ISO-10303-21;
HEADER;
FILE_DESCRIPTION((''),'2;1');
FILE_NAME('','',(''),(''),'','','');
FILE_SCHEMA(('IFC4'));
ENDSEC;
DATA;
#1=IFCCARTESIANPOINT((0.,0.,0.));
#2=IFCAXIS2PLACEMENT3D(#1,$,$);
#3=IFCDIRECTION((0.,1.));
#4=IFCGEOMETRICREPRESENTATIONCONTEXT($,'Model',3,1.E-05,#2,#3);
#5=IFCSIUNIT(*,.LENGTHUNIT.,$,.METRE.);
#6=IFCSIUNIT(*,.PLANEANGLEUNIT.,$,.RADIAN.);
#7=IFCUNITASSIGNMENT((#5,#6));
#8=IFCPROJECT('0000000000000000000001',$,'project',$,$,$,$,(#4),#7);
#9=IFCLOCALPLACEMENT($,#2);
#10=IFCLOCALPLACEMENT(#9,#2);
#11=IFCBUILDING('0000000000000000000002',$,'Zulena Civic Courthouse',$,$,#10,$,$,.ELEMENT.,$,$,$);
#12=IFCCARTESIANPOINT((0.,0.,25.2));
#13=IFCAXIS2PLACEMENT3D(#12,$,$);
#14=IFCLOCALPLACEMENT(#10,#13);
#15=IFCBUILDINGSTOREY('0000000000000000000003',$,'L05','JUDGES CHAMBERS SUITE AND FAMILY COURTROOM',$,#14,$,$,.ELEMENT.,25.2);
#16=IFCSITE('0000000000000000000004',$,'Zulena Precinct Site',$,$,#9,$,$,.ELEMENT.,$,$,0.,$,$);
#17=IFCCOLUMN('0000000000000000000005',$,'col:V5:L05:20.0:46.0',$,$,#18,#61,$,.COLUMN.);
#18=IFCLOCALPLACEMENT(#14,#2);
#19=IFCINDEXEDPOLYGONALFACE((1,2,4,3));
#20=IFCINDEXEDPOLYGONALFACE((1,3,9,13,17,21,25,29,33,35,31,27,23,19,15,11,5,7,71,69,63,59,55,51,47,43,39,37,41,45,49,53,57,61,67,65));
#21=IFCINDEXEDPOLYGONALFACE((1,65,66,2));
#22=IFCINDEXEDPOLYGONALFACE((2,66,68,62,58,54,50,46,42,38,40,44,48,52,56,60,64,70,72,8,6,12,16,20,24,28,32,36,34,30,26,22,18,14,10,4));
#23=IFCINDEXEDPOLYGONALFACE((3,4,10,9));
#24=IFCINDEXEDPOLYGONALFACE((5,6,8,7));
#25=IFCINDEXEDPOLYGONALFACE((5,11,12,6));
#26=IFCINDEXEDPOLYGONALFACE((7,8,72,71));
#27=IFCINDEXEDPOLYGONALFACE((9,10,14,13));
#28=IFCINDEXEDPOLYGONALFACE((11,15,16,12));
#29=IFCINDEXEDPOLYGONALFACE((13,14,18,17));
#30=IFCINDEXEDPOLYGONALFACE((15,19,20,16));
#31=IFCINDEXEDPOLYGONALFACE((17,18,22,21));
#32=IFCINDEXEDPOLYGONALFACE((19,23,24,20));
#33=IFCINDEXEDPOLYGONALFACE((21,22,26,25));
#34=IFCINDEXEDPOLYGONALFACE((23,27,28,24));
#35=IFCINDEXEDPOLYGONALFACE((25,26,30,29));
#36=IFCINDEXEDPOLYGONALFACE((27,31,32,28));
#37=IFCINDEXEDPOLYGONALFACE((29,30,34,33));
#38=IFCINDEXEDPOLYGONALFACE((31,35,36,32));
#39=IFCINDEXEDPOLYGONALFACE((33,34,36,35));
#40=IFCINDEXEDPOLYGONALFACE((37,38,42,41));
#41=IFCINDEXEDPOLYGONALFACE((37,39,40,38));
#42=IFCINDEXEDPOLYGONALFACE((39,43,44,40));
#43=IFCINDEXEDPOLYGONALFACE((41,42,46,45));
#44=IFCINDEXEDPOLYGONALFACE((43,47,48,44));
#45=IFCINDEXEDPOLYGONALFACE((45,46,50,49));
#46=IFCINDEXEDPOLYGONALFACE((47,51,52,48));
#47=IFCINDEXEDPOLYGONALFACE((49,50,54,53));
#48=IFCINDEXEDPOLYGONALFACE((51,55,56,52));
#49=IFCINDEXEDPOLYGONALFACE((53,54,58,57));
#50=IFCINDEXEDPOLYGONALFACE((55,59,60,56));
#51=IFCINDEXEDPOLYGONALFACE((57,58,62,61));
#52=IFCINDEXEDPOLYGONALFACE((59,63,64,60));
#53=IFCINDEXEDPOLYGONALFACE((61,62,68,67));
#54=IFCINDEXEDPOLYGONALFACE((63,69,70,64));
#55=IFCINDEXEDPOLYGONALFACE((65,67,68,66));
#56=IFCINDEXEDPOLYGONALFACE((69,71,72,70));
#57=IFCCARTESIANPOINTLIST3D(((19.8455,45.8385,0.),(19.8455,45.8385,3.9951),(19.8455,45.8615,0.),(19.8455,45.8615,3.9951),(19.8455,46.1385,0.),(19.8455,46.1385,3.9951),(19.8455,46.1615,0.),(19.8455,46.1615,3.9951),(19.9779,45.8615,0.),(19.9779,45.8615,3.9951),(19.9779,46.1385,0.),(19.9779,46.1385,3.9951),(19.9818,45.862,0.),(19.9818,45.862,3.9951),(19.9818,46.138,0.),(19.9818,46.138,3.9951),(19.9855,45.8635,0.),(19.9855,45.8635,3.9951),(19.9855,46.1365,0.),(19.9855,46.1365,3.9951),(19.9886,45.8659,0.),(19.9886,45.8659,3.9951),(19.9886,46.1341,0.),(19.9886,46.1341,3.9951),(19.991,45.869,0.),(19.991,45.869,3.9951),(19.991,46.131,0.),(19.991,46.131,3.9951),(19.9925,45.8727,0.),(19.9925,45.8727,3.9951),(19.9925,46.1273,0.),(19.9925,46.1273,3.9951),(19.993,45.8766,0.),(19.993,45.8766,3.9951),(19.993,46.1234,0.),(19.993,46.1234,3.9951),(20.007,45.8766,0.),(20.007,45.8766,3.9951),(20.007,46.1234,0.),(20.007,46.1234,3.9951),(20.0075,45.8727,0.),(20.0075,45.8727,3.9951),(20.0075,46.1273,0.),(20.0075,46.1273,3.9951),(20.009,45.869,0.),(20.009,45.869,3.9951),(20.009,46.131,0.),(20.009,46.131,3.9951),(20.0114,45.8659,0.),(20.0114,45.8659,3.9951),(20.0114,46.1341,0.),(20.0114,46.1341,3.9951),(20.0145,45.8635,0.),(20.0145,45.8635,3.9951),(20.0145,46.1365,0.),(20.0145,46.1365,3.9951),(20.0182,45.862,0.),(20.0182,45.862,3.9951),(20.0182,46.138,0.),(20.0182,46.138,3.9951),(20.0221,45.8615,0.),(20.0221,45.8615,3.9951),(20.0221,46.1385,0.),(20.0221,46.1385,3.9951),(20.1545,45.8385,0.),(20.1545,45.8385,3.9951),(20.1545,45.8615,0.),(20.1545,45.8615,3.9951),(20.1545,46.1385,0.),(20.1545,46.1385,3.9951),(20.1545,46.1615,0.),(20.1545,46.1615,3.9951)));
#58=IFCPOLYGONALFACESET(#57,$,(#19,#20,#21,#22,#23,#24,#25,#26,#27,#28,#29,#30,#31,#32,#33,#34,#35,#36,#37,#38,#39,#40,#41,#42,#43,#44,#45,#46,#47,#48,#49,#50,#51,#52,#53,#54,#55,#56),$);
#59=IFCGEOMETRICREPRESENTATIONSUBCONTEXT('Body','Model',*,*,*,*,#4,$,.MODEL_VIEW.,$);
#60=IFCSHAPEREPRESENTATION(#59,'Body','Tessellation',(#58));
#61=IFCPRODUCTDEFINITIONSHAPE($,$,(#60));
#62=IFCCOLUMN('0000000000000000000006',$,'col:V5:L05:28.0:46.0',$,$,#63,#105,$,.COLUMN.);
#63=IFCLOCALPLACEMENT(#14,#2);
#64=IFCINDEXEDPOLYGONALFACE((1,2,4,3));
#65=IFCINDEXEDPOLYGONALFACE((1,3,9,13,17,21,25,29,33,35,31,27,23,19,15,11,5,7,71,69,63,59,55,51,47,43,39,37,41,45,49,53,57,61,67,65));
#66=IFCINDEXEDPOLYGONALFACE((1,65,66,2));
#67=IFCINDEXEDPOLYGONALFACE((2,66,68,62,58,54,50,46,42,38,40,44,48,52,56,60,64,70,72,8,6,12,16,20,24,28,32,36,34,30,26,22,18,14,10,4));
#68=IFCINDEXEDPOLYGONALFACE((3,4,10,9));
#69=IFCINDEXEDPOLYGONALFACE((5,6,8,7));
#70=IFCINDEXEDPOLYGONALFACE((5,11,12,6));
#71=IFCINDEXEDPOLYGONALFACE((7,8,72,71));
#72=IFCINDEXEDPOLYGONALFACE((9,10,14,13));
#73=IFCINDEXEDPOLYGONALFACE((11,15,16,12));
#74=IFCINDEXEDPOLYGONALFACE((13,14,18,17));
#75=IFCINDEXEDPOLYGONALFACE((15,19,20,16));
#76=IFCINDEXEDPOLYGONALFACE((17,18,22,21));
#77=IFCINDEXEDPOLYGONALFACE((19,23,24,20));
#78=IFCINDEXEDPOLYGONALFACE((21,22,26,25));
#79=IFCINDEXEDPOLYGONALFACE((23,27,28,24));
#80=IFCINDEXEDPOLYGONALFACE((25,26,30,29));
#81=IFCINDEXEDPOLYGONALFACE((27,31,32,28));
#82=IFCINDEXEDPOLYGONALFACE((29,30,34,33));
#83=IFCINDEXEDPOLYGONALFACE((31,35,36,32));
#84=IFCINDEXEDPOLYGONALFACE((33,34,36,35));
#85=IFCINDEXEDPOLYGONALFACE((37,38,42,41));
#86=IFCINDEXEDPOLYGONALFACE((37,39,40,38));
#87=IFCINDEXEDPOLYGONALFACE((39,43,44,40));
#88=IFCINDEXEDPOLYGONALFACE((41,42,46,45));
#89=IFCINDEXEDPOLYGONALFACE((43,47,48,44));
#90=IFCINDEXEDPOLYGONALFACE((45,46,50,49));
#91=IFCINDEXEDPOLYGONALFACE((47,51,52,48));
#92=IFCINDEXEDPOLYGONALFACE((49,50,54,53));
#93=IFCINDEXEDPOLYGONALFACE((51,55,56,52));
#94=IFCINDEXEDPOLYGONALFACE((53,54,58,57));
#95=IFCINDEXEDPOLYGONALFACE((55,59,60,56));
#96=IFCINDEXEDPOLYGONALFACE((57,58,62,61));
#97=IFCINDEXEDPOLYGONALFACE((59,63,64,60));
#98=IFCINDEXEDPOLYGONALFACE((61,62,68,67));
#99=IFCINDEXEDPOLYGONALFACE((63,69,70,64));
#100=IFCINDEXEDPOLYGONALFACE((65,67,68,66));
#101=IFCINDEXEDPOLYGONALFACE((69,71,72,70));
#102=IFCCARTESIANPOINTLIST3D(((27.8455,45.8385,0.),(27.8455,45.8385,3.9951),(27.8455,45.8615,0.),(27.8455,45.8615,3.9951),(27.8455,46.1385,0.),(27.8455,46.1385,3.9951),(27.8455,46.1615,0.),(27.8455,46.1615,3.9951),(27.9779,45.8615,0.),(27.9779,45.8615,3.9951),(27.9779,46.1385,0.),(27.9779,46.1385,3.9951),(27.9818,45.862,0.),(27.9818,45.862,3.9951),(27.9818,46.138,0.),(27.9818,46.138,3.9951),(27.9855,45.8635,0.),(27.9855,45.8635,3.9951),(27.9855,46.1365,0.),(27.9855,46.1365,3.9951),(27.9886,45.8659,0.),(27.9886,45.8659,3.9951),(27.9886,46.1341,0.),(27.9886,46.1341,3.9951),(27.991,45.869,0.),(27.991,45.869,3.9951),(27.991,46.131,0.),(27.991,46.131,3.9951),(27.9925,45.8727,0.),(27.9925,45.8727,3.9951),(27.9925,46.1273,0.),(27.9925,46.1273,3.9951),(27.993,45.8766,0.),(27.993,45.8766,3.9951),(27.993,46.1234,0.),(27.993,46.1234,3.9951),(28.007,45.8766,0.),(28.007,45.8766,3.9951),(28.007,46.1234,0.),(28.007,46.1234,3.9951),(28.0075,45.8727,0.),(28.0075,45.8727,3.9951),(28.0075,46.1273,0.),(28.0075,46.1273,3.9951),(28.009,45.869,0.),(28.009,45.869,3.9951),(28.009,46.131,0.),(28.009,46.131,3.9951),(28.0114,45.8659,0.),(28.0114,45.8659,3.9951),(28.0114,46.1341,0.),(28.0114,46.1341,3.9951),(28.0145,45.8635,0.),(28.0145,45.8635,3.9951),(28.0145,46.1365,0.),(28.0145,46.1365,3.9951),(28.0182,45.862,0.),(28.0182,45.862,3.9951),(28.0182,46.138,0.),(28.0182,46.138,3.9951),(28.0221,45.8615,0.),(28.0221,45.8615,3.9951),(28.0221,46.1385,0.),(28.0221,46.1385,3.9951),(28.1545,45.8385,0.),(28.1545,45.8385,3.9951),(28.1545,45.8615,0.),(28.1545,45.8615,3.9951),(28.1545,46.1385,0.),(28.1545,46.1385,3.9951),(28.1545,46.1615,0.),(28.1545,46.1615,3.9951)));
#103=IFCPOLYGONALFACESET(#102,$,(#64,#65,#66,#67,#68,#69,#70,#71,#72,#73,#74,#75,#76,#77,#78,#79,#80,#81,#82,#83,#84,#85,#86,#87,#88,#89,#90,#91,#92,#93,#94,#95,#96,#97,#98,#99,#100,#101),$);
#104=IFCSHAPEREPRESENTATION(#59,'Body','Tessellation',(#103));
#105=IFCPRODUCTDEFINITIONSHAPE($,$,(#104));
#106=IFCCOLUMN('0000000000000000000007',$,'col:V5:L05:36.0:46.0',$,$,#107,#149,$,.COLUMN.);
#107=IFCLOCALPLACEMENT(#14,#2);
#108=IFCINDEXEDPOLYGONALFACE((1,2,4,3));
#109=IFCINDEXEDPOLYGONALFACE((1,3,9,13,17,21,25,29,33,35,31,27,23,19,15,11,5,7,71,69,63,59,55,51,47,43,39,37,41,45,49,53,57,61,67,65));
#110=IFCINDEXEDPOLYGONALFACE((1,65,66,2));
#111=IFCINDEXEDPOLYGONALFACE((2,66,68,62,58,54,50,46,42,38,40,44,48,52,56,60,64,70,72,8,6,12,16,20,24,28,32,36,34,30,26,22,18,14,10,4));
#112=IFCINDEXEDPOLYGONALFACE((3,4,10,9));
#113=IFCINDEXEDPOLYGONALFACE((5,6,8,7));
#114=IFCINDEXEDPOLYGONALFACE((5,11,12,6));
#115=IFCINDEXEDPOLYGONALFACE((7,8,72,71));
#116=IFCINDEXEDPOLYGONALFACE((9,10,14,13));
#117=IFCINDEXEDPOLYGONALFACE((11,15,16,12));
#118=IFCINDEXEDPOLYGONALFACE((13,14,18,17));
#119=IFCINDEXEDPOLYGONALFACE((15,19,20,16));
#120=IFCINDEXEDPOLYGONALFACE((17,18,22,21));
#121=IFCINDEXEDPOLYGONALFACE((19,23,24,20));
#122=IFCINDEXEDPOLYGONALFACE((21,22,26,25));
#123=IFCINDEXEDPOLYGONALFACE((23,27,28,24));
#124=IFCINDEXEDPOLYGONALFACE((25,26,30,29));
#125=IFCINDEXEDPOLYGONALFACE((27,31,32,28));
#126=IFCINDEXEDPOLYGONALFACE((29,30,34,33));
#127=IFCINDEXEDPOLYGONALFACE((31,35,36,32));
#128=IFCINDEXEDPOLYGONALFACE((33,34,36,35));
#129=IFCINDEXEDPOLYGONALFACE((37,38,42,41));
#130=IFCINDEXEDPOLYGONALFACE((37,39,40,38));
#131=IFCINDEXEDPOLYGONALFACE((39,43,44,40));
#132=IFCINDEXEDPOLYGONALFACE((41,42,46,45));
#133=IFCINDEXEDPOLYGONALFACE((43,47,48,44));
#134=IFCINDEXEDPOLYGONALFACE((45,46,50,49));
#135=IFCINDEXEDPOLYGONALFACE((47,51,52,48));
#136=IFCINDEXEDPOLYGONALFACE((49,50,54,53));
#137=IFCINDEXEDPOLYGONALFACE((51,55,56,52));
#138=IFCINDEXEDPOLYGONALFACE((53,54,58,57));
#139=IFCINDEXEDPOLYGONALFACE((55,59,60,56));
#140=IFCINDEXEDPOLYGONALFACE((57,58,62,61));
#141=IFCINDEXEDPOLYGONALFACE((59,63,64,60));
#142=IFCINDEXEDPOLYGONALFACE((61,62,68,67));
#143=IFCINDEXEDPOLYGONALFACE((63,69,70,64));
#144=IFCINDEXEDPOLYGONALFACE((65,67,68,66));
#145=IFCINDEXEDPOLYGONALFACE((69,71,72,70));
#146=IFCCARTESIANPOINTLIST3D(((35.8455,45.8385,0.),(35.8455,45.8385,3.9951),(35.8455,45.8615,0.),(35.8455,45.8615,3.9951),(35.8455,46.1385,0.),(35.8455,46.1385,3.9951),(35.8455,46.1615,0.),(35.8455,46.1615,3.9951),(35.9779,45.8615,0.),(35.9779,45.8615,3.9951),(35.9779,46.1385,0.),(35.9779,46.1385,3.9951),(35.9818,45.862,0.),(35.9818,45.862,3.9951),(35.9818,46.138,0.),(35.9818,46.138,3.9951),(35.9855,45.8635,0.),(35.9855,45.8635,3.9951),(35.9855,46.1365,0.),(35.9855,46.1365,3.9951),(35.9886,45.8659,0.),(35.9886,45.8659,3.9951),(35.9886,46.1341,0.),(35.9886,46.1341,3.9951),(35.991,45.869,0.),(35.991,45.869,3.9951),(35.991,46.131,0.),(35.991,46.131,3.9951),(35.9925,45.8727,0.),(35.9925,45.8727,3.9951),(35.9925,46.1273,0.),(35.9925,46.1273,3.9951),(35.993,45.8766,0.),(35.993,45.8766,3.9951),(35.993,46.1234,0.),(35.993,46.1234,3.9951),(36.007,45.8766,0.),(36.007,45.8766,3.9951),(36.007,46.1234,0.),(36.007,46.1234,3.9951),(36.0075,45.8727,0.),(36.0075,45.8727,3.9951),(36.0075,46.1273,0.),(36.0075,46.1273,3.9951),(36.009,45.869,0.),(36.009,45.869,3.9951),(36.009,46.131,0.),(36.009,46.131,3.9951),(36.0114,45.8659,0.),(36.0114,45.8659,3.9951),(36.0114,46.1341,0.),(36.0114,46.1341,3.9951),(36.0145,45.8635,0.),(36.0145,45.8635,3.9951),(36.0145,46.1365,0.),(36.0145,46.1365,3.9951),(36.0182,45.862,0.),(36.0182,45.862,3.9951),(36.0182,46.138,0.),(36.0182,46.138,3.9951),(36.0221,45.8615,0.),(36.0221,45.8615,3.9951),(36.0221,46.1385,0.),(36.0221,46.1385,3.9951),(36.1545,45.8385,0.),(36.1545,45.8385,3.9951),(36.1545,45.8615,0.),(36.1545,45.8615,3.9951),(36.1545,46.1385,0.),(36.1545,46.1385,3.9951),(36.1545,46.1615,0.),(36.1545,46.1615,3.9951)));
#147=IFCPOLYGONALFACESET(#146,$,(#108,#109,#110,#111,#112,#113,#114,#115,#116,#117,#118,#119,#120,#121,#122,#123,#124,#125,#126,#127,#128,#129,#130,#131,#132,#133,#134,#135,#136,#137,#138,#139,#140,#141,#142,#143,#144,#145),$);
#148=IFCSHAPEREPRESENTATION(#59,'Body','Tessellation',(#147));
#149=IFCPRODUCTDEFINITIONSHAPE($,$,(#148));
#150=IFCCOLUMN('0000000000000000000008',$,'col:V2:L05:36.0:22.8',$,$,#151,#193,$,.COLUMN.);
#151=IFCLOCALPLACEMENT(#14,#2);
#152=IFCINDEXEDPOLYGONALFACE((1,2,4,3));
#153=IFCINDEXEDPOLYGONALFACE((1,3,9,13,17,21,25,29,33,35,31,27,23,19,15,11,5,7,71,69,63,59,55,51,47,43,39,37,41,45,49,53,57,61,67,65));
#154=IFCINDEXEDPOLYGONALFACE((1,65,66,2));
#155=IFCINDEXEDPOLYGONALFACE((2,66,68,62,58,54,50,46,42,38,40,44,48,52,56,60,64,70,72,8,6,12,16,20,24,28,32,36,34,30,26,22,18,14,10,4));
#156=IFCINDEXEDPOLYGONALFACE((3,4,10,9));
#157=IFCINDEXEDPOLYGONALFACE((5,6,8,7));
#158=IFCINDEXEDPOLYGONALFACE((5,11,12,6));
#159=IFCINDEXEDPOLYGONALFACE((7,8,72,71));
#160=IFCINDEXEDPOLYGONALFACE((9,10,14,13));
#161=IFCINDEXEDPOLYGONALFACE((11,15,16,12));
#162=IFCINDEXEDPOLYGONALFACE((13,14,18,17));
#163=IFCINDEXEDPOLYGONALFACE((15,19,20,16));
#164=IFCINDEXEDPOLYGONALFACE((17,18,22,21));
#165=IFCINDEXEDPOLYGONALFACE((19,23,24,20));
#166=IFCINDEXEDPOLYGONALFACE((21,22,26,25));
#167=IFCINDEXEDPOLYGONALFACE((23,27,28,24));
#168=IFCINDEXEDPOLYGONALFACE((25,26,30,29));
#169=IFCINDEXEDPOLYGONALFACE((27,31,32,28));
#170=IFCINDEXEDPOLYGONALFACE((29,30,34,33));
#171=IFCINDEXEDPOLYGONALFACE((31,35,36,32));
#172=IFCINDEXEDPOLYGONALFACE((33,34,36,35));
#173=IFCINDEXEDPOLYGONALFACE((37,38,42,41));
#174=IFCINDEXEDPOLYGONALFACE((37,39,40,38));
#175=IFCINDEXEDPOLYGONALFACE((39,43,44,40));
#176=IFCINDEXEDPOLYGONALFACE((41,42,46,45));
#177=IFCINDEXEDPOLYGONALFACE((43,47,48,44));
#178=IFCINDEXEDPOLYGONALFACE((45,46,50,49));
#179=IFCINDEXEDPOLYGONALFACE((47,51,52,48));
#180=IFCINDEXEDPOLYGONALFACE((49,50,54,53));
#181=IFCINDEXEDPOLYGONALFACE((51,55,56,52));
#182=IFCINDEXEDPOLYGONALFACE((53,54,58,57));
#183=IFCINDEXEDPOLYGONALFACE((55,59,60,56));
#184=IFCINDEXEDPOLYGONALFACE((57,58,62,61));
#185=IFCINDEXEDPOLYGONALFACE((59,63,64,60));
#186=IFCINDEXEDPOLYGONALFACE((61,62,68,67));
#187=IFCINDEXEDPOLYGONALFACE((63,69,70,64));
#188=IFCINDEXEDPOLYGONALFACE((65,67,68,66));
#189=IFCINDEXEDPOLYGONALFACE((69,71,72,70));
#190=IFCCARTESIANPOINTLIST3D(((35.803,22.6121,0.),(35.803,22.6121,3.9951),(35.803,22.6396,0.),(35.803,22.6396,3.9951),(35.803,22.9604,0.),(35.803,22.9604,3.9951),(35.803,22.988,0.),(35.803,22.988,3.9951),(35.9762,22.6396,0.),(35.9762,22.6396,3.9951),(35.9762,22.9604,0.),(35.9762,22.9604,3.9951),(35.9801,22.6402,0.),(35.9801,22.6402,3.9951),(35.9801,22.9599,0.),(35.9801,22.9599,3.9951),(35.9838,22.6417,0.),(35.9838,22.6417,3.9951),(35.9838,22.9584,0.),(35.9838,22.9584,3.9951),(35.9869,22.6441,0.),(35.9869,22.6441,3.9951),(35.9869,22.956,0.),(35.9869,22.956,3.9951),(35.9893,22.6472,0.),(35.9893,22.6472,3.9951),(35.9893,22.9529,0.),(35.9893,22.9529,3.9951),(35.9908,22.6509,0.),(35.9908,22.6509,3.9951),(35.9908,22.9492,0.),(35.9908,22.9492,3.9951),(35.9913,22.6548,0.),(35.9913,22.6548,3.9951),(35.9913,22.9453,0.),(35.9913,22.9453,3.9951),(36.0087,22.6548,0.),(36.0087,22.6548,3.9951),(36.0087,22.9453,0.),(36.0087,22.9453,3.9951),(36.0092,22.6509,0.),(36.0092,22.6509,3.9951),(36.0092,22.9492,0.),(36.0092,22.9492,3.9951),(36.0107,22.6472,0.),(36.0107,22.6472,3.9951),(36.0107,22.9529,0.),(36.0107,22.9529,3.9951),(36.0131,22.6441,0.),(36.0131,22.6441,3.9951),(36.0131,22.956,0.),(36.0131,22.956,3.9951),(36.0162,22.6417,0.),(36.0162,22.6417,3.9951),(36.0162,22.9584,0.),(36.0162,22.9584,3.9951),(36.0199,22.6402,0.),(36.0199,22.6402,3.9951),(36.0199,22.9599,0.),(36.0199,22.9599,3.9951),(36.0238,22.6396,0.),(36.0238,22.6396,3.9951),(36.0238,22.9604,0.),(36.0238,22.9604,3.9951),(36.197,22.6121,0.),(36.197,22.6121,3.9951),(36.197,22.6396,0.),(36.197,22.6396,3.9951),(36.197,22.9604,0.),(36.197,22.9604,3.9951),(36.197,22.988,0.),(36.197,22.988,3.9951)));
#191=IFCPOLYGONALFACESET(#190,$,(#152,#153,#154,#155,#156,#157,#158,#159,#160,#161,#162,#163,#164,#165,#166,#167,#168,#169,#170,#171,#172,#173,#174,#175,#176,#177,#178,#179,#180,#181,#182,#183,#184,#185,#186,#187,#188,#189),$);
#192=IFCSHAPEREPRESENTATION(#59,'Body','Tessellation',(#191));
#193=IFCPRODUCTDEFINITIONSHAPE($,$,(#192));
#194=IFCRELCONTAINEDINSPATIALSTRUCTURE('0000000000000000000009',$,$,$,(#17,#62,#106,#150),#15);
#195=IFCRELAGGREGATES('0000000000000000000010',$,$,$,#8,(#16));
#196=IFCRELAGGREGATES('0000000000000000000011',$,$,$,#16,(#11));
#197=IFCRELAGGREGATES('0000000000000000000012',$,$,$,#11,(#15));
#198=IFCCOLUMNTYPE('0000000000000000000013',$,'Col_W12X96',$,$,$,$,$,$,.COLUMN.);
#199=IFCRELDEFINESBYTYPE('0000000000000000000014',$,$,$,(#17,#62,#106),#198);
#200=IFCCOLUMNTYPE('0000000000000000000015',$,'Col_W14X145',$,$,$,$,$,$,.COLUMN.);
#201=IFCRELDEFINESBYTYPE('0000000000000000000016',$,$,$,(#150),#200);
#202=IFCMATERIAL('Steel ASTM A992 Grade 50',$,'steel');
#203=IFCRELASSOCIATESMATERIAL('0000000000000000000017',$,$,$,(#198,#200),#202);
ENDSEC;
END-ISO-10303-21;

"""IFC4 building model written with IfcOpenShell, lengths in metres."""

from ifc_helpers import new_model, si_unit, direction, frame, origin, origin_2d, place, context, subcontext, project, spatial, i_section, extrude, material, material_profile, profile_set, type_object, element, save


model = new_model("IFC4")

# Units and contexts
model_context = context("Model", 3, precision=1e-05, world=origin(), true_north=direction((0.0, 1.0)))
body_context = subcontext(model_context, "Body", "Model", "MODEL_VIEW")
ifc_project = project(units=[si_unit("LENGTHUNIT", "METRE"), si_unit("PLANEANGLEUNIT", "RADIAN")], contexts=[model_context])

# Site, building, storey
site_placement = place(None, origin())
site = spatial("IfcSite", under=ifc_project, at=site_placement, Name="Zulena Precinct Site", CompositionType="ELEMENT", RefElevation=0.0)
building_placement = place(site_placement, origin())
building = spatial("IfcBuilding", under=site, at=building_placement, Name="Zulena Civic Courthouse", CompositionType="ELEMENT")
storey_placement = place(building_placement, frame((0.0, 0.0, 25.2)))
storey = spatial("IfcBuildingStorey", under=building, at=storey_placement, Name="L05", Description="JUDGES CHAMBERS SUITE AND FAMILY COURTROOM", CompositionType="ELEMENT", Elevation=25.2)

# Columns
ifc_material_1 = material(Name="Steel ASTM A992 Grade 50", Category="steel")
ifc_material_profile_1 = material_profile(ifc_material_1, i_section(OverallWidth=0.3091, OverallDepth=0.323, WebThickness=0.0139, FlangeThickness=0.0229, FilletRadius=0.0151, at=origin_2d()), Name="W12X96")
ifc_profile_set_1 = profile_set([ifc_material_profile_1], Name="Steel ASTM A992 Grade 50")
column_type_1 = type_object("IfcColumnType", Name="Col_W12X96", PredefinedType="COLUMN", material=ifc_profile_set_1)
for number, where, z_axis, x_axis, name in (
    (1, (20.0, 46.0, 0.0), (0.0, 0.0, 1.0), (1.0, 0.0, 0.0), "col:V5:L05:20.0:46.0"),
    (2, (28.0, 46.0, 0.0), (0.0, 0.0, 1.0), (1.0, 0.0, 0.0), "col:V5:L05:28.0:46.0"),
    (3, (36.0, 46.0, 0.0), (0.0, 0.0, 1.0), (1.0, 0.0, 0.0), "col:V5:L05:36.0:46.0"),
):
    element("IfcColumn", number, at=place(storey_placement, frame(where, z_axis=z_axis, x_axis=x_axis)), inside=storey, type_object=column_type_1, Name=name, PredefinedType="COLUMN", context=body_context, shape_type="SweptSolid", body=[
        extrude(i_section(OverallWidth=0.3091, OverallDepth=0.323, WebThickness=0.0139, FlangeThickness=0.0229, FilletRadius=0.0151, at=origin_2d()), origin(), (0.0, 0.0, 1.0), 3.9951),
    ])
ifc_material_profile_2 = material_profile(ifc_material_1, i_section(OverallWidth=0.394, OverallDepth=0.376, WebThickness=0.0173, FlangeThickness=0.0276, FilletRadius=0.0151, at=origin_2d()), Name="W14X145")
ifc_profile_set_2 = profile_set([ifc_material_profile_2], Name="Steel ASTM A992 Grade 50")
column_type_2 = type_object("IfcColumnType", Name="Col_W14X145", PredefinedType="COLUMN", material=ifc_profile_set_2)
column_placement = place(storey_placement, frame((36.0, 22.8, 0.0), z_axis=(0.0, 0.0, 1.0), x_axis=(1.0, 0.0, 0.0)))
element("IfcColumn", 4, at=column_placement, inside=storey, type_object=column_type_2, Name="col:V2:L05:36.0:22.8", PredefinedType="COLUMN", context=body_context, shape_type="SweptSolid", body=[
    extrude(i_section(OverallWidth=0.394, OverallDepth=0.376, WebThickness=0.0173, FlangeThickness=0.0276, FilletRadius=0.0151, at=origin_2d()), origin(), (0.0, 0.0, 1.0), 3.9951),
])

save(model, "model.ifc")
